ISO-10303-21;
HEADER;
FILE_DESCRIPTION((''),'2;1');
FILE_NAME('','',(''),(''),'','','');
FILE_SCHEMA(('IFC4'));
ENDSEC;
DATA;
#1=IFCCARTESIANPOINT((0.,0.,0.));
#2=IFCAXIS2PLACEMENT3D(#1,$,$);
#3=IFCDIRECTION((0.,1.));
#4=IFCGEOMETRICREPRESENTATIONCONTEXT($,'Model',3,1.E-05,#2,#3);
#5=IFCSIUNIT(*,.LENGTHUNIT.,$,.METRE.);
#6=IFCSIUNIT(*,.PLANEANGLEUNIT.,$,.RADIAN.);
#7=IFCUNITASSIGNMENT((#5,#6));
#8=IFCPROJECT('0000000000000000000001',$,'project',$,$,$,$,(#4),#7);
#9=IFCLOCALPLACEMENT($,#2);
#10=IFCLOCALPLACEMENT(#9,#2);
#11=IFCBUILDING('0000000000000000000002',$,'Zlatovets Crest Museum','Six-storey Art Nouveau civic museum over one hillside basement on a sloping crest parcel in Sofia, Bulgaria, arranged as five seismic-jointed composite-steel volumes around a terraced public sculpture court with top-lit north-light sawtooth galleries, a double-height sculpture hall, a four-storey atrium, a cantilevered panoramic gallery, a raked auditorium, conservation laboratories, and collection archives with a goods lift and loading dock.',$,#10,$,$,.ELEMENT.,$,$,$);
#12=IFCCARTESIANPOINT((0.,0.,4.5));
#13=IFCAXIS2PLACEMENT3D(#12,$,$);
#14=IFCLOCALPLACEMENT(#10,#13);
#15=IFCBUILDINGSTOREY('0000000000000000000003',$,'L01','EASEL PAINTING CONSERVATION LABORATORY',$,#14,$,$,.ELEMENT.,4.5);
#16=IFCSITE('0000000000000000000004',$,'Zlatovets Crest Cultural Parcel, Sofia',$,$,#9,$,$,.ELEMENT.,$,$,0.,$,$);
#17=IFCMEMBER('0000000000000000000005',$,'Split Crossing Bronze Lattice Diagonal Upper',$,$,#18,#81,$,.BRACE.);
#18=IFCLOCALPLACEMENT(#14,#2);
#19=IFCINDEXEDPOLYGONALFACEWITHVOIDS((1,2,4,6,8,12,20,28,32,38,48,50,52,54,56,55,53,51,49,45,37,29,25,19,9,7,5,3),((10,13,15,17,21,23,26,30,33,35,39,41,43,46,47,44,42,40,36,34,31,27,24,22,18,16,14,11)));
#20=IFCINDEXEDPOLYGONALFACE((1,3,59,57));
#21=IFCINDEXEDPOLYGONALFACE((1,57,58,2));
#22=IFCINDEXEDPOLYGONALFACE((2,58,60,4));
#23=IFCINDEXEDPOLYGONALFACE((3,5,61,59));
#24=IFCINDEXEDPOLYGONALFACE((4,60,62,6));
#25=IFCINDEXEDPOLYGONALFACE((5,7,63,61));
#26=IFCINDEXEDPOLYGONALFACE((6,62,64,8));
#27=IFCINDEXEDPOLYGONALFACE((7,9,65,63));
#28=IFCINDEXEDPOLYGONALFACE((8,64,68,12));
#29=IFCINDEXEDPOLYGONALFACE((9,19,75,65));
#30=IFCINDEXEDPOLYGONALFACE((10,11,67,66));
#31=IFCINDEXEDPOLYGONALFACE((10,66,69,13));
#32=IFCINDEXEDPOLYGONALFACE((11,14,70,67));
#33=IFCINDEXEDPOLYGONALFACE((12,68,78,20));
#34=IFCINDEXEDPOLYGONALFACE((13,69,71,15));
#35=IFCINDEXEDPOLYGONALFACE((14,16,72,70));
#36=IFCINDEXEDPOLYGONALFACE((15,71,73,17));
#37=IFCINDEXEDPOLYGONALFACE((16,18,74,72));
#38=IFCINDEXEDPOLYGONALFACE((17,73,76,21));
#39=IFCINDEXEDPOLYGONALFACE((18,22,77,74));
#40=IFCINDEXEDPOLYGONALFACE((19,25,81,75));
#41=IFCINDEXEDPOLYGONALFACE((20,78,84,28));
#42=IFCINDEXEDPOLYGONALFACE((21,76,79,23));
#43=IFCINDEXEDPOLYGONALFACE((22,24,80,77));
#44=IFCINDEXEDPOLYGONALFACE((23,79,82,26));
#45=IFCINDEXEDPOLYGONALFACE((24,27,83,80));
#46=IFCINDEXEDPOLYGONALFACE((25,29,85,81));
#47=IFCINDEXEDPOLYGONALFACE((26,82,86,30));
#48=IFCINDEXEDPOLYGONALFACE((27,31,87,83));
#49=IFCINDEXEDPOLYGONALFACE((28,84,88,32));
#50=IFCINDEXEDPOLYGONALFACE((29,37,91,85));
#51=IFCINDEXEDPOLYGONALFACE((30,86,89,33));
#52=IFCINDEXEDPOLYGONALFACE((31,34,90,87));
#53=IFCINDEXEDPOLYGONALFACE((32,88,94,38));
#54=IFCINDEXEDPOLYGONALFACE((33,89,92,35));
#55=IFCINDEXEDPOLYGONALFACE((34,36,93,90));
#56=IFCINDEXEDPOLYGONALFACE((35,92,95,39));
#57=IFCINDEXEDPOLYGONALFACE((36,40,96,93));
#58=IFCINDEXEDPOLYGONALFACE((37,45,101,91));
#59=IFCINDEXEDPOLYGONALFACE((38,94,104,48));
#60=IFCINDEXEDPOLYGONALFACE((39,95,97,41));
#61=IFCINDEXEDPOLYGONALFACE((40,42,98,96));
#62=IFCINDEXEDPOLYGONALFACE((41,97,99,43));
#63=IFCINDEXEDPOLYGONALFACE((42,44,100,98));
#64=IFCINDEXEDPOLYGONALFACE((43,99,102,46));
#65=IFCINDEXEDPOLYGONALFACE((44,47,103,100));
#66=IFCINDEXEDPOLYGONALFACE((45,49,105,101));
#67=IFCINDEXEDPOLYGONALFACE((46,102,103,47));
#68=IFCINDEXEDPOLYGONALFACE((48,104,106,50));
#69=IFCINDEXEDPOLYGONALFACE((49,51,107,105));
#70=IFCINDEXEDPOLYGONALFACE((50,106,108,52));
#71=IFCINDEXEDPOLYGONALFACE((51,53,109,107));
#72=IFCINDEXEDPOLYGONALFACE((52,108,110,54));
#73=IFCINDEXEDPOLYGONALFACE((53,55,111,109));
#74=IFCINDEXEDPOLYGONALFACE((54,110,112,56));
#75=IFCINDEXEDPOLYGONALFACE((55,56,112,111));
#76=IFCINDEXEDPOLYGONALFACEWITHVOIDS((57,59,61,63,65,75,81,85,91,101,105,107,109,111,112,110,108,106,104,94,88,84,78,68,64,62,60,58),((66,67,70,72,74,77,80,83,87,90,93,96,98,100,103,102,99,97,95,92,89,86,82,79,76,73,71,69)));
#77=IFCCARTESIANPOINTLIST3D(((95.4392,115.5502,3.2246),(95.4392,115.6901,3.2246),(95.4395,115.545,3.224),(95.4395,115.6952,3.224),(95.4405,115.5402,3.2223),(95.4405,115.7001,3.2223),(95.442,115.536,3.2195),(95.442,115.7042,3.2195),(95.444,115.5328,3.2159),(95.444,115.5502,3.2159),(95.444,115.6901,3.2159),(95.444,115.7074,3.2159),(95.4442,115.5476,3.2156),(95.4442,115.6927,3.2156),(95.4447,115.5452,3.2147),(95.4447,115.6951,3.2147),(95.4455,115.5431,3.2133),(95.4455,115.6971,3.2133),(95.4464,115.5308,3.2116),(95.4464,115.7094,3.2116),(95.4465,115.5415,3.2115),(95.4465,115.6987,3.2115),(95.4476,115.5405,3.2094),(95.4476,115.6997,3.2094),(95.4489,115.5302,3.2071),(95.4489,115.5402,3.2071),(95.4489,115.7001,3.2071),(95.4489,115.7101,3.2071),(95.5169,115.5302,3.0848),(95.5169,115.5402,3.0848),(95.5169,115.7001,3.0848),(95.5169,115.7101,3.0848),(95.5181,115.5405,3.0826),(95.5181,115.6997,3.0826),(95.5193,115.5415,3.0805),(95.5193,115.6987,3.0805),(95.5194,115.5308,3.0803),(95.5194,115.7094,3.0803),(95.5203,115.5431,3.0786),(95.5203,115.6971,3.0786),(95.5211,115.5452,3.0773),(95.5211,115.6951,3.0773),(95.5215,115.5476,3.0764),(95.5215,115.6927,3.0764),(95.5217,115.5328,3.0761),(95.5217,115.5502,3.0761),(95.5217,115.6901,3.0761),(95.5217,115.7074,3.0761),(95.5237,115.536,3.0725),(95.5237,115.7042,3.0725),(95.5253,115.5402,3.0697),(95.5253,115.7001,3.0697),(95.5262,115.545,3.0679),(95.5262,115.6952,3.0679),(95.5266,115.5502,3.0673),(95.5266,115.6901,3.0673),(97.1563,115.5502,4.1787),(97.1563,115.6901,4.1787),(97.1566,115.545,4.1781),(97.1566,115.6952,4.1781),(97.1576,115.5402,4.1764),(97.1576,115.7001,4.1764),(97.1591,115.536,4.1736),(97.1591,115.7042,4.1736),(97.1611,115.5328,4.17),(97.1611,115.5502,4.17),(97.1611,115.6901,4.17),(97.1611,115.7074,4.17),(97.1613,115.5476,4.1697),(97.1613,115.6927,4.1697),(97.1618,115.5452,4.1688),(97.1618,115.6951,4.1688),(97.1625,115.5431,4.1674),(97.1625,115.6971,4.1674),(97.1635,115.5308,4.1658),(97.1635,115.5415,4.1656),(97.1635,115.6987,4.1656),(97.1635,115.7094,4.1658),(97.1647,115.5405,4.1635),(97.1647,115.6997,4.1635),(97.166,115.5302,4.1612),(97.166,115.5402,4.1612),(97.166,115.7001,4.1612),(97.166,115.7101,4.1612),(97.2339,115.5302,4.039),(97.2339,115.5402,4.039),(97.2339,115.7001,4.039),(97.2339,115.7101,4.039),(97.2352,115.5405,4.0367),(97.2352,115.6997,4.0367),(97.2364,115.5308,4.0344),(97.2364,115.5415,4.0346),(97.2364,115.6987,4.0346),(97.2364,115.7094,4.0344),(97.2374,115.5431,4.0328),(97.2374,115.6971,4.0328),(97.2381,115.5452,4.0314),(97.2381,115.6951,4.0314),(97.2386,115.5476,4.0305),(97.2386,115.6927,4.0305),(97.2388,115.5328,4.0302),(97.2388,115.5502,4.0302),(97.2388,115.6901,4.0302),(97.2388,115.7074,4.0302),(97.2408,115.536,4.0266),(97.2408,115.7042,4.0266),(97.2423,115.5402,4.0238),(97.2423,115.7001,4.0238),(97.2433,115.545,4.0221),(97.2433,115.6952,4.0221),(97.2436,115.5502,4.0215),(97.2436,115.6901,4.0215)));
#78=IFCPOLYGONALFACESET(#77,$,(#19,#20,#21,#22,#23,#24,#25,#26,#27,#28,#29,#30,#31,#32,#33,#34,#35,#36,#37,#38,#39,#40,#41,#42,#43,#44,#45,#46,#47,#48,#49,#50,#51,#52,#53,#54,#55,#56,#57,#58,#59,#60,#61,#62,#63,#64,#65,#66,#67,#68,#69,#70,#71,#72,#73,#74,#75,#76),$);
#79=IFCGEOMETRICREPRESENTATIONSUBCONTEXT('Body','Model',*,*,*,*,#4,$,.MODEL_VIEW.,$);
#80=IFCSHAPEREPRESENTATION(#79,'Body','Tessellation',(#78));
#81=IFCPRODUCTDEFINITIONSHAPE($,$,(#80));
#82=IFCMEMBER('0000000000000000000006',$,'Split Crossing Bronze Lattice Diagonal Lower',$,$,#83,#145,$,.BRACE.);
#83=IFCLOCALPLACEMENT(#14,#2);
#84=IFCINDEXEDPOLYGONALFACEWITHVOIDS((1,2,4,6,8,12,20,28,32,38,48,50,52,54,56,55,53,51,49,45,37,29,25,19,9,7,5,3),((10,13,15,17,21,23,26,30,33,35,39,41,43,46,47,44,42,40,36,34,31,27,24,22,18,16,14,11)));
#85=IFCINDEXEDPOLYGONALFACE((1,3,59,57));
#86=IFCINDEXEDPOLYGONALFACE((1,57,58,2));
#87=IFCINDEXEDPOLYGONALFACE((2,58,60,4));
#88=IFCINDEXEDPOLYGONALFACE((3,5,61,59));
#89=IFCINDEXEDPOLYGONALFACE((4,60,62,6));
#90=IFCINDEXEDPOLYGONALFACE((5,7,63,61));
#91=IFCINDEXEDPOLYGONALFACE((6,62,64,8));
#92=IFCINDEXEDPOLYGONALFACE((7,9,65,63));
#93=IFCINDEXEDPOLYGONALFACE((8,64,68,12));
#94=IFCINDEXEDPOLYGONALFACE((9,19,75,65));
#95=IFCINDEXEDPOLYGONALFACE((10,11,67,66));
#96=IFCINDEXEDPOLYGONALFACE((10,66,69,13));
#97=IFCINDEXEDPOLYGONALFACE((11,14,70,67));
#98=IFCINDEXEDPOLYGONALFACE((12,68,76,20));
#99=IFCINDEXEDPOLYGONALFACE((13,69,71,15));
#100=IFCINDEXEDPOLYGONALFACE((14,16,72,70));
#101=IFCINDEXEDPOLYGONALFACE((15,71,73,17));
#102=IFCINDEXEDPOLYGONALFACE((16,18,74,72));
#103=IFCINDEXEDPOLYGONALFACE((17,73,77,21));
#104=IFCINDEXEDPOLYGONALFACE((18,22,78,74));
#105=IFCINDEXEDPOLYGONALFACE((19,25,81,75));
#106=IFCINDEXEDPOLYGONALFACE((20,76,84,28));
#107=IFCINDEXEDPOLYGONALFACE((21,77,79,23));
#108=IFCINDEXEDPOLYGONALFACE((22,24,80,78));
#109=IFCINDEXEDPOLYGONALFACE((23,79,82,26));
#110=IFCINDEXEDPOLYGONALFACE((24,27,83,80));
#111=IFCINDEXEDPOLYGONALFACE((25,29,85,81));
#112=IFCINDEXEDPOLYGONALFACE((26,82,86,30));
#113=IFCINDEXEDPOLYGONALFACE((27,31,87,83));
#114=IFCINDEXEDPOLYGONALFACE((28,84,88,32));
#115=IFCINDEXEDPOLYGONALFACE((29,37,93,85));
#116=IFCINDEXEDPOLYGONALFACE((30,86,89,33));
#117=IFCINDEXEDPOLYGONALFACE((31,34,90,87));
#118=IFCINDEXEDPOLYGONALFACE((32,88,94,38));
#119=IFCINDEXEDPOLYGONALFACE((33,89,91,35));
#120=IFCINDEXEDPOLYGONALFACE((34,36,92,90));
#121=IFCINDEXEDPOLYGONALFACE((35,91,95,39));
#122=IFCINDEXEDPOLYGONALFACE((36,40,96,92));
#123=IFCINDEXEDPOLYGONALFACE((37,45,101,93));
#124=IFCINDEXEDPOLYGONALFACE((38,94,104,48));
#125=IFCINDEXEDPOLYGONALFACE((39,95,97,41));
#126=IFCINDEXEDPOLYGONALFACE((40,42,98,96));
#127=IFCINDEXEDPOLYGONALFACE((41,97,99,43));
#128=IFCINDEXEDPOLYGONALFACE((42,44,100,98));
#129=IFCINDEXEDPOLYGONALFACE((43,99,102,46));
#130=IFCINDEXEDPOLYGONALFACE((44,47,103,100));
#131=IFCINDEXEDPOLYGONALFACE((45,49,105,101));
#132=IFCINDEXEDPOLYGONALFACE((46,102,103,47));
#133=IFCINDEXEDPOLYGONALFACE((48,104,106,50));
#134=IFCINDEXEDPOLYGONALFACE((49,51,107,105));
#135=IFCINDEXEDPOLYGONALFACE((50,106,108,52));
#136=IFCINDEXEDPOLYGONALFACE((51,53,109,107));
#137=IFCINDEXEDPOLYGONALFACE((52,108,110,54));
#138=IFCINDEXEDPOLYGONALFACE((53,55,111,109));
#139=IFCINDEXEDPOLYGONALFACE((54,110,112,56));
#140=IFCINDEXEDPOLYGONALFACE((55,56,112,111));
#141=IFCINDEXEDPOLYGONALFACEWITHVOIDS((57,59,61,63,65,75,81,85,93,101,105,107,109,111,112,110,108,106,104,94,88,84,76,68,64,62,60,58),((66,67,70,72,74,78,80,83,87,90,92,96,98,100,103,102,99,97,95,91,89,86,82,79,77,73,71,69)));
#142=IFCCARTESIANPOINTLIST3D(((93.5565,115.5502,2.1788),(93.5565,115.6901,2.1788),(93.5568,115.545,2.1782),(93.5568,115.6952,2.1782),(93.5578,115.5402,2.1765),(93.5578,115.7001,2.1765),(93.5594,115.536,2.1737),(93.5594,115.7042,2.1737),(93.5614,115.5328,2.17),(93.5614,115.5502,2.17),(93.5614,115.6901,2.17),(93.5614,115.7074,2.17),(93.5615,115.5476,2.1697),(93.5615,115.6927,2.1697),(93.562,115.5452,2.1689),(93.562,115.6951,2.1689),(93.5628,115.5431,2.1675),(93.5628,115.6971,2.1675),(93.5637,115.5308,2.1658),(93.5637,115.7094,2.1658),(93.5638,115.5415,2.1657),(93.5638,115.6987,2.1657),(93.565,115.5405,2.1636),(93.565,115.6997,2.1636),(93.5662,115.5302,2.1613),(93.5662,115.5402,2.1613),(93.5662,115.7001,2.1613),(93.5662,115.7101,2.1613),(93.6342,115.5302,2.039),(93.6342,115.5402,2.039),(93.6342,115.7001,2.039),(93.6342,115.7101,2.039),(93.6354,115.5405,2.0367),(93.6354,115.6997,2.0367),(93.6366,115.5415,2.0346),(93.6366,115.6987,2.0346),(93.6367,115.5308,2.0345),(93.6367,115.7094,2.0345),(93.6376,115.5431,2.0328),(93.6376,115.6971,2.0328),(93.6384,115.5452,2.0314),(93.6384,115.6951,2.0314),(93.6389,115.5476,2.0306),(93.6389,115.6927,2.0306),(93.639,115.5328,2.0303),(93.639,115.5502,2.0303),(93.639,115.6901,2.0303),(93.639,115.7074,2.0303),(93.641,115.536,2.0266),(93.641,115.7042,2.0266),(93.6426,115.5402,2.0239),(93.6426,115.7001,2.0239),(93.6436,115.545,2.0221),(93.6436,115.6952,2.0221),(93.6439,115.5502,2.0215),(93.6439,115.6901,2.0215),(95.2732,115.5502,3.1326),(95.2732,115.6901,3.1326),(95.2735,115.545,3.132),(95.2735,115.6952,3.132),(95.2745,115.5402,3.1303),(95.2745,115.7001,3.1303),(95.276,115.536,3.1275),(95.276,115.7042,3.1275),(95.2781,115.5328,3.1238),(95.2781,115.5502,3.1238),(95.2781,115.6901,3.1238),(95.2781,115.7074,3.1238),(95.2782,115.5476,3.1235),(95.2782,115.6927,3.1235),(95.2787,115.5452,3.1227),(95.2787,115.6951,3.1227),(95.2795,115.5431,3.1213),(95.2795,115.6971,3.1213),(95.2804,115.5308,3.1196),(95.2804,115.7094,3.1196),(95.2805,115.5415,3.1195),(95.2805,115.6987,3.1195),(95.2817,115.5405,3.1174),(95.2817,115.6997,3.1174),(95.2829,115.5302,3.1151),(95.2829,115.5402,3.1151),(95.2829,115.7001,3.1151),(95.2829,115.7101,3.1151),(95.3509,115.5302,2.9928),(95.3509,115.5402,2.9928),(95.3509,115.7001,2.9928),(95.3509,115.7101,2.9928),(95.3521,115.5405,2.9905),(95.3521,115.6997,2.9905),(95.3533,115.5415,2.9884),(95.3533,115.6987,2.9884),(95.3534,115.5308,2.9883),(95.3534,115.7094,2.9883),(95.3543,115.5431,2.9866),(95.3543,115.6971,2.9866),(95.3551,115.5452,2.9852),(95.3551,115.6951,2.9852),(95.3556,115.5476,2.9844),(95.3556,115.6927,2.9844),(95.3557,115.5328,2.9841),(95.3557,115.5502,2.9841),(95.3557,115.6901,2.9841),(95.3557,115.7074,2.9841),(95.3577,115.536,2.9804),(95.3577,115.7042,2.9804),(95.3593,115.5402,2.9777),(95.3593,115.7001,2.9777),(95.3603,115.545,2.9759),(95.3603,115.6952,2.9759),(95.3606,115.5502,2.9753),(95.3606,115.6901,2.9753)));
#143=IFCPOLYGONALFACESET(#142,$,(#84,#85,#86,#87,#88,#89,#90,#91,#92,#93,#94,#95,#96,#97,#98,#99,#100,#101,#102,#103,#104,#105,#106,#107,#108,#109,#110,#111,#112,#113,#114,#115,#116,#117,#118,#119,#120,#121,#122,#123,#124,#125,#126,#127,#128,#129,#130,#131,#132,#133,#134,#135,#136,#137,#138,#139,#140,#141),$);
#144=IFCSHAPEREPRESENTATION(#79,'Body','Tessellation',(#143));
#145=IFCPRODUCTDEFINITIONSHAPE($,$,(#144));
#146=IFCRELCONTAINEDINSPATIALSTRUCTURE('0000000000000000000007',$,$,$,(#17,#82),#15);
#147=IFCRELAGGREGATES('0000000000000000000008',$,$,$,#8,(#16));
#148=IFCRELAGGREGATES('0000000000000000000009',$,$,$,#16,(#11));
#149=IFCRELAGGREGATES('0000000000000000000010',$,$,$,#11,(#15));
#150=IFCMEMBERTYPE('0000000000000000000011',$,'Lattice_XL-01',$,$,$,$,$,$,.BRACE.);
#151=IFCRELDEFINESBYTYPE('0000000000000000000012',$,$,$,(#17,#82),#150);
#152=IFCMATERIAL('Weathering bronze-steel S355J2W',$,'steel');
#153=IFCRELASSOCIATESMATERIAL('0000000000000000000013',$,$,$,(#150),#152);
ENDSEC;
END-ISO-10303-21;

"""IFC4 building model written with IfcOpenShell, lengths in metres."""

from ifc_helpers import new_model, si_unit, direction, frame, origin, origin_2d, place, context, subcontext, project, spatial, hollow_rectangle, extrude, material, material_profile, profile_set, type_object, element, save


model = new_model("IFC4")

# Units and contexts
model_context = context("Model", 3, precision=1e-05, world=origin(), true_north=direction((0.0, 1.0)))
body_context = subcontext(model_context, "Body", "Model", "MODEL_VIEW")
ifc_project = project(units=[si_unit("LENGTHUNIT", "METRE"), si_unit("PLANEANGLEUNIT", "RADIAN")], contexts=[model_context])

# Site, building, storey
site_placement = place(None, origin())
site = spatial("IfcSite", under=ifc_project, at=site_placement, Name="Zlatovets Crest Cultural Parcel, Sofia", CompositionType="ELEMENT", RefElevation=0.0)
building_placement = place(site_placement, origin())
building = spatial("IfcBuilding", under=site, at=building_placement, Name="Zlatovets Crest Museum", Description="Six-storey Art Nouveau civic museum over one hillside basement on a sloping crest parcel in Sofia, Bulgaria, arranged as five seismic-jointed composite-steel volumes around a terraced public sculpture court with top-lit north-light sawtooth galleries, a double-height sculpture hall, a four-storey atrium, a cantilevered panoramic gallery, a raked auditorium, conservation laboratories, and collection archives with a goods lift and loading dock.", CompositionType="ELEMENT")
storey_placement = place(building_placement, frame((0.0, 0.0, 4.5)))
storey = spatial("IfcBuildingStorey", under=building, at=storey_placement, Name="L01", Description="EASEL PAINTING CONSERVATION LABORATORY", CompositionType="ELEMENT", Elevation=4.5)

# Members
ifc_material_1 = material(Name="Weathering bronze-steel S355J2W", Category="steel")
ifc_material_profile_1 = material_profile(ifc_material_1, hollow_rectangle(XDim=0.1799, YDim=0.1799, WallThickness=0.01, InnerFilletRadius=0.01, OuterFilletRadius=0.02, at=origin_2d()), Name="SHS 180x180x10.0")
ifc_profile_set_1 = profile_set([ifc_material_profile_1], Name="Weathering bronze-steel S355J2W")
member_type_1 = type_object("IfcMemberType", Name="Lattice_XL-01", PredefinedType="BRACE", material=ifc_profile_set_1)
member_1_placement = place(storey_placement, frame((97.2, 115.6201, 4.1001), z_axis=(-0.874116, 0.0, -0.485717), x_axis=(0.0, -1.0, 0.0)))
element("IfcMember", 1, at=member_1_placement, inside=storey, type_object=member_type_1, Name="Split Crossing Bronze Lattice Diagonal Upper", PredefinedType="BRACE", context=body_context, shape_type="SweptSolid", body=[
    extrude(hollow_rectangle(XDim=0.1799, YDim=0.1799, WallThickness=0.01, InnerFilletRadius=0.01, OuterFilletRadius=0.02, at=origin_2d()), origin(), (0.0, 0.0, 1.0), 1.9644),
])
member_2_placement = place(storey_placement, frame((95.3169, 115.6201, 3.054), z_axis=(-0.87414, 0.0, -0.485675), x_axis=(0.0, -1.0, 0.0)))
element("IfcMember", 2, at=member_2_placement, inside=storey, type_object=member_type_1, Name="Split Crossing Bronze Lattice Diagonal Lower", PredefinedType="BRACE", context=body_context, shape_type="SweptSolid", body=[
    extrude(hollow_rectangle(XDim=0.1799, YDim=0.1799, WallThickness=0.01, InnerFilletRadius=0.01, OuterFilletRadius=0.02, at=origin_2d()), origin(), (0.0, 0.0, 1.0), 1.9639),
])

save(model, "model.ifc")
